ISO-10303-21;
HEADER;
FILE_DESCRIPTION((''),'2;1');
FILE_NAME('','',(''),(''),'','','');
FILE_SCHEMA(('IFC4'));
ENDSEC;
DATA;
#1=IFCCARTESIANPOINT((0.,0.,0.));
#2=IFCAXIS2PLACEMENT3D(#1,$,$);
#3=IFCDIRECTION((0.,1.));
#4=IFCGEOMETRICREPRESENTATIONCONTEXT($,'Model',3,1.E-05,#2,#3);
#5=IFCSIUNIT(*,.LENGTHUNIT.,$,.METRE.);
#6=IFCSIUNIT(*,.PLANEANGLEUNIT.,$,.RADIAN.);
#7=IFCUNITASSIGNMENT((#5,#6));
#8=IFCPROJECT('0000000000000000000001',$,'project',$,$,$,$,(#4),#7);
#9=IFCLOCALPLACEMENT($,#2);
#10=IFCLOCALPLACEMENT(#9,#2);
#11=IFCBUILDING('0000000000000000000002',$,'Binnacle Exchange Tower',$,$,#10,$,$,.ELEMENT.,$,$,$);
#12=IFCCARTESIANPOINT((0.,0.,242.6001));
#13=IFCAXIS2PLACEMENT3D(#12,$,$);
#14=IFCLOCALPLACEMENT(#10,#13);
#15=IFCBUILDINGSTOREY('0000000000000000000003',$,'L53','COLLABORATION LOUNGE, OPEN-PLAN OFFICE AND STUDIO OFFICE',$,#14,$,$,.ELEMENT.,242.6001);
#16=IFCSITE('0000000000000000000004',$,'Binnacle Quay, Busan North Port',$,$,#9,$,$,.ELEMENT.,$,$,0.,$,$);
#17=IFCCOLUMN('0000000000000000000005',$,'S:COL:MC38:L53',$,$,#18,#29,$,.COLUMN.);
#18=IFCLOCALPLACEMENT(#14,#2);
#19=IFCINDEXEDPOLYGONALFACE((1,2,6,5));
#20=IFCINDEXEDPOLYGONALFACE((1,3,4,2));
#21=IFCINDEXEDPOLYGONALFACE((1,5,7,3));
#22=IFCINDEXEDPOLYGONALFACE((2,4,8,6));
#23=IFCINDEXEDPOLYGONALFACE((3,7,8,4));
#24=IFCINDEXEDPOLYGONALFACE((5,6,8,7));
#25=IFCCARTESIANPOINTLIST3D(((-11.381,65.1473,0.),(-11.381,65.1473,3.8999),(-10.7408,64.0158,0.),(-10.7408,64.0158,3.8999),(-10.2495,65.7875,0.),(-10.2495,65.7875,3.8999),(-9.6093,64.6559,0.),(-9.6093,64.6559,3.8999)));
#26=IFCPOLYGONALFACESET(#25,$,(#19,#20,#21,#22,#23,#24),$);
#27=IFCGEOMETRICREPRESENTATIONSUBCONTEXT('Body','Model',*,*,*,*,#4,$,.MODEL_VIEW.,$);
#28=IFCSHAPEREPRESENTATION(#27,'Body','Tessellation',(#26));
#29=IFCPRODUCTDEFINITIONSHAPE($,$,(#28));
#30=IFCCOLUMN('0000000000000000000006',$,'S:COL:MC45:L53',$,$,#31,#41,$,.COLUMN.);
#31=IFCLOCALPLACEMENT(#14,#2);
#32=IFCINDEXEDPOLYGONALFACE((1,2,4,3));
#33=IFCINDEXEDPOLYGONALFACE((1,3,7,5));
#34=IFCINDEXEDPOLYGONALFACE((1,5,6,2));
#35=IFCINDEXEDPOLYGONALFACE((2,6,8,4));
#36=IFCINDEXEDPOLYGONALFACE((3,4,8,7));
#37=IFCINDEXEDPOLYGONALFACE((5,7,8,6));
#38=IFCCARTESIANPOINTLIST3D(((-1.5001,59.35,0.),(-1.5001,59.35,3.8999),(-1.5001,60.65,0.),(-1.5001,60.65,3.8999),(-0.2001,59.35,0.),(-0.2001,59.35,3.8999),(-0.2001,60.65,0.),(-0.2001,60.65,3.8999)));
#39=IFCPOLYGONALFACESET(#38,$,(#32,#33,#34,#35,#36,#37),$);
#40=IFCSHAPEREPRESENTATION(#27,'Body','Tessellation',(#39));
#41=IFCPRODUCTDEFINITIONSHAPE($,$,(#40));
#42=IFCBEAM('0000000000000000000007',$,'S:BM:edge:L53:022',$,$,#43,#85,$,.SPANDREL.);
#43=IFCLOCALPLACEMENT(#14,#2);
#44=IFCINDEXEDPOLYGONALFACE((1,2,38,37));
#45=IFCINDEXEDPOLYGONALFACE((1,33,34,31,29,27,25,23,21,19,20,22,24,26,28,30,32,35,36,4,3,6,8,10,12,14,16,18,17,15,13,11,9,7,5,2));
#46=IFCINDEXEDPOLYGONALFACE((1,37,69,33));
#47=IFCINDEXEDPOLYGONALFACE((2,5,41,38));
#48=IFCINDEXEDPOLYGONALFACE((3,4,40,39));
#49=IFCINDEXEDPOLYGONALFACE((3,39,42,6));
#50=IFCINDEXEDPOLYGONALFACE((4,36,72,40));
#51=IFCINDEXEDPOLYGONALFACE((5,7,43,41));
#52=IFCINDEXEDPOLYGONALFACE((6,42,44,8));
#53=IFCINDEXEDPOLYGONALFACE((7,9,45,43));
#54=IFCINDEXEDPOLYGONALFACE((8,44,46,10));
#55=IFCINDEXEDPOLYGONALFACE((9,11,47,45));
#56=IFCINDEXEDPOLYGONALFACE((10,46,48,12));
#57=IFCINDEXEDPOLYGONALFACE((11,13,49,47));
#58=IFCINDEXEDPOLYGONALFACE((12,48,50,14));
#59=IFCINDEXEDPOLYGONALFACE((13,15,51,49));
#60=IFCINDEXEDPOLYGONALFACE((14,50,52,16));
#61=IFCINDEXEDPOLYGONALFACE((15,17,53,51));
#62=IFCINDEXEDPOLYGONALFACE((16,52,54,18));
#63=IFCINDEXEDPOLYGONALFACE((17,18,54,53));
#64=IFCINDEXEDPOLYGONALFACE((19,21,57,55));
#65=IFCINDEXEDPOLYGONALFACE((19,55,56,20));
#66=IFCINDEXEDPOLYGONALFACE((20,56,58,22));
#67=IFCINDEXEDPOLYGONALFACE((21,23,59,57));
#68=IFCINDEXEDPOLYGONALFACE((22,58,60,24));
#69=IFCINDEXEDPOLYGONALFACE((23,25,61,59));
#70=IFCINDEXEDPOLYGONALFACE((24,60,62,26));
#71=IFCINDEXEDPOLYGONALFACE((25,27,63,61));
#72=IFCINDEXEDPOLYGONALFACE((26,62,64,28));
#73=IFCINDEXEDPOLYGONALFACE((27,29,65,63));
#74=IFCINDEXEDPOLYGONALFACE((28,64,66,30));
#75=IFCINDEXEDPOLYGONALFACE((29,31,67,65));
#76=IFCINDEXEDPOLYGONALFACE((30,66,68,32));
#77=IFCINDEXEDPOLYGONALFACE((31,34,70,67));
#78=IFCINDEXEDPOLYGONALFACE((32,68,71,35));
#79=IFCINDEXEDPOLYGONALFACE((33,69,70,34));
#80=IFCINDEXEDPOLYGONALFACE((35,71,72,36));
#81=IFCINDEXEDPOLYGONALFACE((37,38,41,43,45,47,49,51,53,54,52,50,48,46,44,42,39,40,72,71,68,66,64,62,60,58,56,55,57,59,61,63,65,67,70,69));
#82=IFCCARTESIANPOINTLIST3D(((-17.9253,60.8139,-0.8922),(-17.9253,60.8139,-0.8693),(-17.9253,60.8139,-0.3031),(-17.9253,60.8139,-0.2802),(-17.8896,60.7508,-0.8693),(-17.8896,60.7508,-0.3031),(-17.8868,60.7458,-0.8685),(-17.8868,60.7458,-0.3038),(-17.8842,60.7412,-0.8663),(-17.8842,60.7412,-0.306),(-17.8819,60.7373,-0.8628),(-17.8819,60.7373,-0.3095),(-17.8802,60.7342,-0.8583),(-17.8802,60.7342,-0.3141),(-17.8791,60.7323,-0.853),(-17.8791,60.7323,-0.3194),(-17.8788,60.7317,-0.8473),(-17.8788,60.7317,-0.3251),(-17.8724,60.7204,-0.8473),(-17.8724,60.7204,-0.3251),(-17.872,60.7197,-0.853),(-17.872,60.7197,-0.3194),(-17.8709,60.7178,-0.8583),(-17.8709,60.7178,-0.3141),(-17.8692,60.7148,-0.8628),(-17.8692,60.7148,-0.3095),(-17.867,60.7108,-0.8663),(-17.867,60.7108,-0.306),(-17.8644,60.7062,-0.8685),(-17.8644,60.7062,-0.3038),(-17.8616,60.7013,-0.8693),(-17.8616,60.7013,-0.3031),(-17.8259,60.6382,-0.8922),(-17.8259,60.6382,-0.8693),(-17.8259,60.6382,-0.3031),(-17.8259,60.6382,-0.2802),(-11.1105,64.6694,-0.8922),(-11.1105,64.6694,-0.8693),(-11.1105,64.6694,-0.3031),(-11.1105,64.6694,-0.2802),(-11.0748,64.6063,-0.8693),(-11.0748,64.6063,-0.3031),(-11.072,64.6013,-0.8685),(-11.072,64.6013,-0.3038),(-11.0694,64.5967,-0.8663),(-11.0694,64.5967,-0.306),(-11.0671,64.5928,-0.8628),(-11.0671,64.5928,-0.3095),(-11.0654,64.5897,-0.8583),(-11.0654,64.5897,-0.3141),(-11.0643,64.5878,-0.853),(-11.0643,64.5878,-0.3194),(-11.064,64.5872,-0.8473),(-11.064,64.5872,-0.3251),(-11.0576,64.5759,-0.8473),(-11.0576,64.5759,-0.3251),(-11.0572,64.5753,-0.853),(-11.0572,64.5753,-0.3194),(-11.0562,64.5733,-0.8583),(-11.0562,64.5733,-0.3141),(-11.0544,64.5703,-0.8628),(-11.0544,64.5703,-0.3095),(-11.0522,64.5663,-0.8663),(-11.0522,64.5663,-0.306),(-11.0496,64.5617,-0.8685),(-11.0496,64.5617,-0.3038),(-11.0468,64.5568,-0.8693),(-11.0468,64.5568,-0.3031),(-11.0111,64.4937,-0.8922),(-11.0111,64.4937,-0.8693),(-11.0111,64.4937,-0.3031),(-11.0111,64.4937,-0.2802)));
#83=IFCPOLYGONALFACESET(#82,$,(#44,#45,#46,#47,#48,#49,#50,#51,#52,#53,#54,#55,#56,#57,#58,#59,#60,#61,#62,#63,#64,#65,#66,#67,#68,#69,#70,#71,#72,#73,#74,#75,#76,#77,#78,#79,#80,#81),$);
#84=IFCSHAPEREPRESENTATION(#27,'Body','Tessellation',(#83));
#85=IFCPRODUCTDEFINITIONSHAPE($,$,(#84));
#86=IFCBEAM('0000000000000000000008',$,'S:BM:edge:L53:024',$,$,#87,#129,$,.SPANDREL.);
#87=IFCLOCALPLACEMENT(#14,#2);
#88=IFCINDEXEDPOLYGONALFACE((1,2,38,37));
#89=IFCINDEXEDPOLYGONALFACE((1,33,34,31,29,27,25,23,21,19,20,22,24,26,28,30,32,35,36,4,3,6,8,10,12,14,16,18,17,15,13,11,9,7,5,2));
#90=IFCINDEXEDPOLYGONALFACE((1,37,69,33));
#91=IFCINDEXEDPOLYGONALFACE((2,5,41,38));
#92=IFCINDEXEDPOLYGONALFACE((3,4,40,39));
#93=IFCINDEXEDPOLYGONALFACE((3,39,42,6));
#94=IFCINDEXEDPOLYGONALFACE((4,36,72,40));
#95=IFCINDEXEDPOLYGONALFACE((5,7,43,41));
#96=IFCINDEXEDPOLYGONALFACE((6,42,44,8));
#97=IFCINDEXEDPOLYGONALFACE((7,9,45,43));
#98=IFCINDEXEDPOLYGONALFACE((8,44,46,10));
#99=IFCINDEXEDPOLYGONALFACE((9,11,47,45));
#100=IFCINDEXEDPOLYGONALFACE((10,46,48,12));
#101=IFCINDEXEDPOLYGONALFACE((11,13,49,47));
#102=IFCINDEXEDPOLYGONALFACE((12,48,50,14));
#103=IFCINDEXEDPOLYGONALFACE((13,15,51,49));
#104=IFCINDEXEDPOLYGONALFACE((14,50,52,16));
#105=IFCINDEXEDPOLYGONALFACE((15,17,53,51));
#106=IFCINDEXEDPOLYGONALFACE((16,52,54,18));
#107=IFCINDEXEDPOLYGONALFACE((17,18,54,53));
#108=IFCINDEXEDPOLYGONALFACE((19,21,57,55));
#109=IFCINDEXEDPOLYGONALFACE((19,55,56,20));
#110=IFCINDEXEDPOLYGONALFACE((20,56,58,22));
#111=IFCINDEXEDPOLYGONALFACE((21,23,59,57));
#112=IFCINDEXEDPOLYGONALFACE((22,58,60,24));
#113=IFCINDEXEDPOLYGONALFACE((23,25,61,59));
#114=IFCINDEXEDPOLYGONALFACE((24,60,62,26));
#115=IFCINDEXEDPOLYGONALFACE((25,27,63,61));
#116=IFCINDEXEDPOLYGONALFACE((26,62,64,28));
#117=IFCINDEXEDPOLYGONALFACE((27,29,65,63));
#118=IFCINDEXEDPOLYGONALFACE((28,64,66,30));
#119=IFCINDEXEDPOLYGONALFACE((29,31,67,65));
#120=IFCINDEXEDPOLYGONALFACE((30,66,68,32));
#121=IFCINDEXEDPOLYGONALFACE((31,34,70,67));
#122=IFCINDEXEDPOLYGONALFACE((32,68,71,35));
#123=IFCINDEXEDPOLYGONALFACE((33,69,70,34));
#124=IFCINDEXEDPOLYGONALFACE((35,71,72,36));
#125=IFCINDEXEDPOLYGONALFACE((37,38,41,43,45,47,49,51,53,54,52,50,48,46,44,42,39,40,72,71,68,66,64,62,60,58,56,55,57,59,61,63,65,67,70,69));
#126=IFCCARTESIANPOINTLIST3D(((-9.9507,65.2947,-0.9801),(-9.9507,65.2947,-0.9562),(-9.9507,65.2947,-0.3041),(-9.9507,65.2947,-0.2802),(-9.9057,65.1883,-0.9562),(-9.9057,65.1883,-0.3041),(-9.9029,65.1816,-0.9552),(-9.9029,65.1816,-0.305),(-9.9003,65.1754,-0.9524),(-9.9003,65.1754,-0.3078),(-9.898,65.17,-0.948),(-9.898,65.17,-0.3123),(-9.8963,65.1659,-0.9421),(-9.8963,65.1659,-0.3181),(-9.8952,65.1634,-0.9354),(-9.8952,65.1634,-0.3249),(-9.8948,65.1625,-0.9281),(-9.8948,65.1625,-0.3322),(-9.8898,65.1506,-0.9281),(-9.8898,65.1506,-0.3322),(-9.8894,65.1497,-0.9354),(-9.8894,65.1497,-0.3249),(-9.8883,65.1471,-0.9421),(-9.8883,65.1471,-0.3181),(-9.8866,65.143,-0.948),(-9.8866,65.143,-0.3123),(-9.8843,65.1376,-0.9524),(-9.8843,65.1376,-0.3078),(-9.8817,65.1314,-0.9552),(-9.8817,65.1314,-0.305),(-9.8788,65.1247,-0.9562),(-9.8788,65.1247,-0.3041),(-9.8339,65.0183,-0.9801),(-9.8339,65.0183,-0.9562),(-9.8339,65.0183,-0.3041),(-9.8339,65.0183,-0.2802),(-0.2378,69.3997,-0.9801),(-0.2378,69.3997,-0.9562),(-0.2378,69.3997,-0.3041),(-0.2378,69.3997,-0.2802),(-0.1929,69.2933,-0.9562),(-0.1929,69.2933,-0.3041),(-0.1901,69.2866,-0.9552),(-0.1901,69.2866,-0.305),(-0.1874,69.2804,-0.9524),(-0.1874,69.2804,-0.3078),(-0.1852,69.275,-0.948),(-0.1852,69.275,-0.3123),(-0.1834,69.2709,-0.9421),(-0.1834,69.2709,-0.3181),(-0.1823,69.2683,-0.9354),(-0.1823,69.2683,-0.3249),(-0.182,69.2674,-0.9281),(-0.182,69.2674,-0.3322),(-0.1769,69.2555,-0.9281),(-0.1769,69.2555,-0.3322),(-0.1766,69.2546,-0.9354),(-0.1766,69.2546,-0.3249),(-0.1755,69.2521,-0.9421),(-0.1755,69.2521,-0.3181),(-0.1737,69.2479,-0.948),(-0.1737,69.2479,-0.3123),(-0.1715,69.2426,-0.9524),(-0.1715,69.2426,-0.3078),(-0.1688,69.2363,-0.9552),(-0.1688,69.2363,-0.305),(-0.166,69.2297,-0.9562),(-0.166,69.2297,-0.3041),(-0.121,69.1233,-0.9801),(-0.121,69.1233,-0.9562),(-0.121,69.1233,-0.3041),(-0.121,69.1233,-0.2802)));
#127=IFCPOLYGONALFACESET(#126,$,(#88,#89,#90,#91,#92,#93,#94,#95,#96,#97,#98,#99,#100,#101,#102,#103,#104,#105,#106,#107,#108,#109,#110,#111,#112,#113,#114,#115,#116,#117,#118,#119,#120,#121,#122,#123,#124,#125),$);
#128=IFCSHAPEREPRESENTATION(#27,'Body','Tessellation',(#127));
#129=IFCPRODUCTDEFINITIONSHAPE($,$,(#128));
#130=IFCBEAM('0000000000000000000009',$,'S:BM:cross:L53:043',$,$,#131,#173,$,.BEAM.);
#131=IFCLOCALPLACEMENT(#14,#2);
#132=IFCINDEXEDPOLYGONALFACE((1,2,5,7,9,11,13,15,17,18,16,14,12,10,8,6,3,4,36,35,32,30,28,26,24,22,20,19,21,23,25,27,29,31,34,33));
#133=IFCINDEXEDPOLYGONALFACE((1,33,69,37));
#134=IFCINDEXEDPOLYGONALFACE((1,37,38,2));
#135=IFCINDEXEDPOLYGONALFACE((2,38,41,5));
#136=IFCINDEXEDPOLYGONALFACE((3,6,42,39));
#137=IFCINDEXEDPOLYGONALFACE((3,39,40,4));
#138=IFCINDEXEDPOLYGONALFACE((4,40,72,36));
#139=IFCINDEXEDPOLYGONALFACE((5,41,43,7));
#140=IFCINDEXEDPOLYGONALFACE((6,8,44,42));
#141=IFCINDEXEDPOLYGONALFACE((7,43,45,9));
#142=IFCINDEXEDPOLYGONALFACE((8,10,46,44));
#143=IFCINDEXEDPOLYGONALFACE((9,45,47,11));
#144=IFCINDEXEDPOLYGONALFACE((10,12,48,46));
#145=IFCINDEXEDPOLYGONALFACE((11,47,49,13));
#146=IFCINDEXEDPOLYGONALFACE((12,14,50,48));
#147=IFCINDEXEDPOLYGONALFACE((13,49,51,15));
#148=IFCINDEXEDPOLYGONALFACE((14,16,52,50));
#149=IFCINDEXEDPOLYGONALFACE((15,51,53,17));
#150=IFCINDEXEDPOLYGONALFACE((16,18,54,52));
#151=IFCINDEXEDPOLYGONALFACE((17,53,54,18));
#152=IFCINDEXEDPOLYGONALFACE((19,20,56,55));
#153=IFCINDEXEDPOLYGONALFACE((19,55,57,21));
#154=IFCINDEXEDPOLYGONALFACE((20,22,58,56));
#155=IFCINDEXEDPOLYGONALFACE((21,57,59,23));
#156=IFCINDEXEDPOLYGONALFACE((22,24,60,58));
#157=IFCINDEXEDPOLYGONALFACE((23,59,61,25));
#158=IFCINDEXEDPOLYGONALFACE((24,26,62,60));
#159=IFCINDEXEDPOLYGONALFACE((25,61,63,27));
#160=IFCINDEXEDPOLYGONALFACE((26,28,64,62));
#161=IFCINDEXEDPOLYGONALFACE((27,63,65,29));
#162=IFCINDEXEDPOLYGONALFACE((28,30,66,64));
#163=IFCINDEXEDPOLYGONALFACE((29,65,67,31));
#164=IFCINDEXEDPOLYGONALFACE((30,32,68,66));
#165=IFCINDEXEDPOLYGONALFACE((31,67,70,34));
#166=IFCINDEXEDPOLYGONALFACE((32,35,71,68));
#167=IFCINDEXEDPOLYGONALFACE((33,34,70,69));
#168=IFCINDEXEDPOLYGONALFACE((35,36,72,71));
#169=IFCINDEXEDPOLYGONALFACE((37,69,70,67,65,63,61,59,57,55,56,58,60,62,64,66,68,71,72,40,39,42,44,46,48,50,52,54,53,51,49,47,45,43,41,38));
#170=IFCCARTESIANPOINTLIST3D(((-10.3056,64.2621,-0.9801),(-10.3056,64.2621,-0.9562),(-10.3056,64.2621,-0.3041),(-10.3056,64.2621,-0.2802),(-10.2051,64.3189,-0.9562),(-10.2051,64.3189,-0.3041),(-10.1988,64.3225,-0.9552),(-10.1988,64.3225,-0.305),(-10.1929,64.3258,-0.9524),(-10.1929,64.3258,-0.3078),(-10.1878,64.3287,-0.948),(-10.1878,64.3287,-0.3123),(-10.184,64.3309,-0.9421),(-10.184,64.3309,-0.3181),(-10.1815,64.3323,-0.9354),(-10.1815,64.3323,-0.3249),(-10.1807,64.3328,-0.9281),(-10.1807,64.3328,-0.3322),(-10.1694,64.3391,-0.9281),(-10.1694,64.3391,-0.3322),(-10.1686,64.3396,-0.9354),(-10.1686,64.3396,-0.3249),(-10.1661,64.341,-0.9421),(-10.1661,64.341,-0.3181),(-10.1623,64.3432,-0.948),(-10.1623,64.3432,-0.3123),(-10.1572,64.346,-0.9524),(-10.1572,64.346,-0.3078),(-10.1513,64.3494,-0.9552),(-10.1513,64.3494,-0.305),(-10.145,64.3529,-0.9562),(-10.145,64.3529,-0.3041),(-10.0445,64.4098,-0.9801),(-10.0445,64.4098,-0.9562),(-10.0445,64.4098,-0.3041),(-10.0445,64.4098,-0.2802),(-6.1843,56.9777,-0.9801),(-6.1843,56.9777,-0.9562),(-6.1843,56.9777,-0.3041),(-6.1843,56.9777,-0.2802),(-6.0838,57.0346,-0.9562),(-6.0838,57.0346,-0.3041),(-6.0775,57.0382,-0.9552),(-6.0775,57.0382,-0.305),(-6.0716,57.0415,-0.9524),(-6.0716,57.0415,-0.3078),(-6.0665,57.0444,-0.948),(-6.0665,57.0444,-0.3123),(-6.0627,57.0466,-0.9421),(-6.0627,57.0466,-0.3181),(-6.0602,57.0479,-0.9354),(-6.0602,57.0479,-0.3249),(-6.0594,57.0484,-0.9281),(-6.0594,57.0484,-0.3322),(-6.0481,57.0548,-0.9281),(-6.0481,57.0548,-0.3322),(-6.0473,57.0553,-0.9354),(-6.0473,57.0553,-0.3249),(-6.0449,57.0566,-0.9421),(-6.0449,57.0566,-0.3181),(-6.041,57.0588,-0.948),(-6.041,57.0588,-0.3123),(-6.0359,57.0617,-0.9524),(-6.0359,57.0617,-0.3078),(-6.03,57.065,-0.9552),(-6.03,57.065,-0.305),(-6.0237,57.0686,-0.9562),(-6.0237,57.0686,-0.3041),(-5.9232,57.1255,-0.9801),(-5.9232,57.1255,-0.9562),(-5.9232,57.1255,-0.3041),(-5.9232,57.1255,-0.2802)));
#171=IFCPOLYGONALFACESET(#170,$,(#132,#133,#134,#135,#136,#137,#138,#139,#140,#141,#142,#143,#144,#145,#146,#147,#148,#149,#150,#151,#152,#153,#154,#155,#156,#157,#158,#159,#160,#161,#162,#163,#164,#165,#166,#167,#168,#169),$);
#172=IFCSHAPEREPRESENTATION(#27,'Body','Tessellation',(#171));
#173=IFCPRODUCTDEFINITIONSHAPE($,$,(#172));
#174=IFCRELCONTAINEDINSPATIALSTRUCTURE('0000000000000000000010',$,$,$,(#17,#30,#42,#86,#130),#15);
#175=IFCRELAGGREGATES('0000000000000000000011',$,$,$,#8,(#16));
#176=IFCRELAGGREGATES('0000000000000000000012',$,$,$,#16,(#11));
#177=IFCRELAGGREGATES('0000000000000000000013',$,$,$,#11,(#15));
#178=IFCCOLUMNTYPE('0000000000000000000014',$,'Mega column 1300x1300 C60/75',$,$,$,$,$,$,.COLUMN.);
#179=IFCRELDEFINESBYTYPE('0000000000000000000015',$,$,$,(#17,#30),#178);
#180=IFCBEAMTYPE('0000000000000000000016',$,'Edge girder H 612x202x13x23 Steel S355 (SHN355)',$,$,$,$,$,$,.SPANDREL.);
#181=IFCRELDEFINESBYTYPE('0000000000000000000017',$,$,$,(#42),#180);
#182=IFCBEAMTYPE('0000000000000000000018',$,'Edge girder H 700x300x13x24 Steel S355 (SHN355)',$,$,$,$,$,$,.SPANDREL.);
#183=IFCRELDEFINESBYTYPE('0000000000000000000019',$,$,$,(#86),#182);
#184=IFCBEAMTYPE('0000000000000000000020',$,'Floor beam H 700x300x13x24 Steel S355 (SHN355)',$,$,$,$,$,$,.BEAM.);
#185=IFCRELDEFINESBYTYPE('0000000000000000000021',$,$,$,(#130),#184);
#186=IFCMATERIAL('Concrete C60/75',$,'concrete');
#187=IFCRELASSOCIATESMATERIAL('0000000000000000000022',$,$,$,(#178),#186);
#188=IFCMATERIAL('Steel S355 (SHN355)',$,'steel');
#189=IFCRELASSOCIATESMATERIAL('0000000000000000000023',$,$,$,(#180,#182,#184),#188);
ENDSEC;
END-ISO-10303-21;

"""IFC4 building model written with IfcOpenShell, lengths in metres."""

from ifc_helpers import new_model, si_unit, direction, frame, origin, origin_2d, place, context, subcontext, project, spatial, rectangle, i_section, extrude, material, material_profile, profile_set, type_object, element, save


model = new_model("IFC4")

# Units and contexts
model_context = context("Model", 3, precision=1e-05, world=origin(), true_north=direction((0.0, 1.0)))
body_context = subcontext(model_context, "Body", "Model", "MODEL_VIEW")
ifc_project = project(units=[si_unit("LENGTHUNIT", "METRE"), si_unit("PLANEANGLEUNIT", "RADIAN")], contexts=[model_context])

# Site, building, storey
site_placement = place(None, origin())
site = spatial("IfcSite", under=ifc_project, at=site_placement, Name="Binnacle Quay, Busan North Port", CompositionType="ELEMENT", RefElevation=0.0)
building_placement = place(site_placement, origin())
building = spatial("IfcBuilding", under=site, at=building_placement, Name="Binnacle Exchange Tower", CompositionType="ELEMENT")
storey_placement = place(building_placement, frame((0.0, 0.0, 242.6001)))
storey = spatial("IfcBuildingStorey", under=building, at=storey_placement, Name="L53", Description="COLLABORATION LOUNGE, OPEN-PLAN OFFICE AND STUDIO OFFICE", CompositionType="ELEMENT", Elevation=242.6001)

# Columns
ifc_material_1 = material(Name="Concrete C60/75", Category="concrete")
ifc_material_profile_1 = material_profile(ifc_material_1, rectangle(XDim=1.3, YDim=1.3, at=origin_2d()), Name="Mega column 1300x1300 C60/75")
ifc_profile_set_1 = profile_set([ifc_material_profile_1], Name="Concrete C60/75")
column_type = type_object("IfcColumnType", Name="Mega column 1300x1300 C60/75", PredefinedType="COLUMN", material=ifc_profile_set_1)
for number, where, z_axis, x_axis, name in (
    (1, (-10.4951, 64.9016, 0.0), (0.0, 0.0, 1.0), (-0.870356, -0.492424, 0.0), "S:COL:MC38:L53"),
    (2, (-0.8501, 60.0, 0.0), (0.0, 0.0, 1.0), (0.0, 1.0, 0.0), "S:COL:MC45:L53"),
):
    element("IfcColumn", number, at=place(storey_placement, frame(where, z_axis=z_axis, x_axis=x_axis)), inside=storey, type_object=column_type, Name=name, PredefinedType="COLUMN", context=body_context, shape_type="SweptSolid", body=[
        extrude(rectangle(XDim=1.3, YDim=1.3, at=origin_2d()), origin(), (0.0, 0.0, 1.0), 3.8999),
    ])

# Beams
ifc_material_2 = material(Name="Steel S355 (SHN355)", Category="steel")
ifc_material_profile_2 = material_profile(ifc_material_2, i_section(OverallWidth=0.2019, OverallDepth=0.6121, WebThickness=0.0129, FlangeThickness=0.0229, FilletRadius=0.022, at=origin_2d()), Name="H 612x202x13x23")
ifc_profile_set_2 = profile_set([ifc_material_profile_2], Name="Steel S355 (SHN355)")
beam_type_1 = type_object("IfcBeamType", Name="Edge girder H 612x202x13x23 Steel S355 (SHN355)", PredefinedType="SPANDREL", material=ifc_profile_set_2)
beam_1_placement = place(storey_placement, frame((-11.0608, 64.5815, -0.5862), z_axis=(-0.870361, -0.492414, 0.0), x_axis=(0.492414, -0.870361, 0.0)))
element("IfcBeam", 3, at=beam_1_placement, inside=storey, type_object=beam_type_1, Name="S:BM:edge:L53:022", PredefinedType="SPANDREL", context=body_context, shape_type="SweptSolid", body=[
    extrude(i_section(OverallWidth=0.2019, OverallDepth=0.6121, WebThickness=0.0129, FlangeThickness=0.0229, FilletRadius=0.022, at=origin_2d()), origin(), (0.0, 0.0, 1.0), 7.8298),
])
ifc_material_profile_3 = material_profile(ifc_material_2, i_section(OverallWidth=0.3, OverallDepth=0.7, WebThickness=0.0129, FlangeThickness=0.0239, FilletRadius=0.0281, at=origin_2d()), Name="H 700x300x13x24")
ifc_profile_set_3 = profile_set([ifc_material_profile_3], Name="Steel S355 (SHN355)")
beam_type_2 = type_object("IfcBeamType", Name="Edge girder H 700x300x13x24 Steel S355 (SHN355)", PredefinedType="SPANDREL", material=ifc_profile_set_3)
beam_2_placement = place(storey_placement, frame((-0.1794, 69.2615, -0.6301), z_axis=(-0.921114, -0.389293, 0.0), x_axis=(0.389293, -0.921114, 0.0)))
element("IfcBeam", 4, at=beam_2_placement, inside=storey, type_object=beam_type_2, Name="S:BM:edge:L53:024", PredefinedType="SPANDREL", context=body_context, shape_type="SweptSolid", body=[
    extrude(i_section(OverallWidth=0.3, OverallDepth=0.7, WebThickness=0.0129, FlangeThickness=0.0239, FilletRadius=0.0281, at=origin_2d()), origin(), (0.0, 0.0, 1.0), 10.5447),
])
ifc_material_profile_4 = material_profile(ifc_material_2, i_section(OverallWidth=0.3, OverallDepth=0.7, WebThickness=0.0129, FlangeThickness=0.0239, FilletRadius=0.0281, at=origin_2d()), Name="H 700x300x13x24")
ifc_profile_set_4 = profile_set([ifc_material_profile_4], Name="Steel S355 (SHN355)")
beam_type_3 = type_object("IfcBeamType", Name="Floor beam H 700x300x13x24 Steel S355 (SHN355)", PredefinedType="BEAM", material=ifc_profile_set_4)
beam_3_placement = place(storey_placement, frame((-10.175, 64.3359, -0.6301), z_axis=(0.492424, -0.870355, 0.0), x_axis=(0.870355, 0.492424, 0.0)))
element("IfcBeam", 5, at=beam_3_placement, inside=storey, type_object=beam_type_3, Name="S:BM:cross:L53:043", PredefinedType="BEAM", context=body_context, shape_type="SweptSolid", body=[
    extrude(i_section(OverallWidth=0.3, OverallDepth=0.7, WebThickness=0.0129, FlangeThickness=0.0239, FilletRadius=0.0281, at=origin_2d()), origin(), (0.0, 0.0, 1.0), 8.3694),
])

save(model, "model.ifc")
